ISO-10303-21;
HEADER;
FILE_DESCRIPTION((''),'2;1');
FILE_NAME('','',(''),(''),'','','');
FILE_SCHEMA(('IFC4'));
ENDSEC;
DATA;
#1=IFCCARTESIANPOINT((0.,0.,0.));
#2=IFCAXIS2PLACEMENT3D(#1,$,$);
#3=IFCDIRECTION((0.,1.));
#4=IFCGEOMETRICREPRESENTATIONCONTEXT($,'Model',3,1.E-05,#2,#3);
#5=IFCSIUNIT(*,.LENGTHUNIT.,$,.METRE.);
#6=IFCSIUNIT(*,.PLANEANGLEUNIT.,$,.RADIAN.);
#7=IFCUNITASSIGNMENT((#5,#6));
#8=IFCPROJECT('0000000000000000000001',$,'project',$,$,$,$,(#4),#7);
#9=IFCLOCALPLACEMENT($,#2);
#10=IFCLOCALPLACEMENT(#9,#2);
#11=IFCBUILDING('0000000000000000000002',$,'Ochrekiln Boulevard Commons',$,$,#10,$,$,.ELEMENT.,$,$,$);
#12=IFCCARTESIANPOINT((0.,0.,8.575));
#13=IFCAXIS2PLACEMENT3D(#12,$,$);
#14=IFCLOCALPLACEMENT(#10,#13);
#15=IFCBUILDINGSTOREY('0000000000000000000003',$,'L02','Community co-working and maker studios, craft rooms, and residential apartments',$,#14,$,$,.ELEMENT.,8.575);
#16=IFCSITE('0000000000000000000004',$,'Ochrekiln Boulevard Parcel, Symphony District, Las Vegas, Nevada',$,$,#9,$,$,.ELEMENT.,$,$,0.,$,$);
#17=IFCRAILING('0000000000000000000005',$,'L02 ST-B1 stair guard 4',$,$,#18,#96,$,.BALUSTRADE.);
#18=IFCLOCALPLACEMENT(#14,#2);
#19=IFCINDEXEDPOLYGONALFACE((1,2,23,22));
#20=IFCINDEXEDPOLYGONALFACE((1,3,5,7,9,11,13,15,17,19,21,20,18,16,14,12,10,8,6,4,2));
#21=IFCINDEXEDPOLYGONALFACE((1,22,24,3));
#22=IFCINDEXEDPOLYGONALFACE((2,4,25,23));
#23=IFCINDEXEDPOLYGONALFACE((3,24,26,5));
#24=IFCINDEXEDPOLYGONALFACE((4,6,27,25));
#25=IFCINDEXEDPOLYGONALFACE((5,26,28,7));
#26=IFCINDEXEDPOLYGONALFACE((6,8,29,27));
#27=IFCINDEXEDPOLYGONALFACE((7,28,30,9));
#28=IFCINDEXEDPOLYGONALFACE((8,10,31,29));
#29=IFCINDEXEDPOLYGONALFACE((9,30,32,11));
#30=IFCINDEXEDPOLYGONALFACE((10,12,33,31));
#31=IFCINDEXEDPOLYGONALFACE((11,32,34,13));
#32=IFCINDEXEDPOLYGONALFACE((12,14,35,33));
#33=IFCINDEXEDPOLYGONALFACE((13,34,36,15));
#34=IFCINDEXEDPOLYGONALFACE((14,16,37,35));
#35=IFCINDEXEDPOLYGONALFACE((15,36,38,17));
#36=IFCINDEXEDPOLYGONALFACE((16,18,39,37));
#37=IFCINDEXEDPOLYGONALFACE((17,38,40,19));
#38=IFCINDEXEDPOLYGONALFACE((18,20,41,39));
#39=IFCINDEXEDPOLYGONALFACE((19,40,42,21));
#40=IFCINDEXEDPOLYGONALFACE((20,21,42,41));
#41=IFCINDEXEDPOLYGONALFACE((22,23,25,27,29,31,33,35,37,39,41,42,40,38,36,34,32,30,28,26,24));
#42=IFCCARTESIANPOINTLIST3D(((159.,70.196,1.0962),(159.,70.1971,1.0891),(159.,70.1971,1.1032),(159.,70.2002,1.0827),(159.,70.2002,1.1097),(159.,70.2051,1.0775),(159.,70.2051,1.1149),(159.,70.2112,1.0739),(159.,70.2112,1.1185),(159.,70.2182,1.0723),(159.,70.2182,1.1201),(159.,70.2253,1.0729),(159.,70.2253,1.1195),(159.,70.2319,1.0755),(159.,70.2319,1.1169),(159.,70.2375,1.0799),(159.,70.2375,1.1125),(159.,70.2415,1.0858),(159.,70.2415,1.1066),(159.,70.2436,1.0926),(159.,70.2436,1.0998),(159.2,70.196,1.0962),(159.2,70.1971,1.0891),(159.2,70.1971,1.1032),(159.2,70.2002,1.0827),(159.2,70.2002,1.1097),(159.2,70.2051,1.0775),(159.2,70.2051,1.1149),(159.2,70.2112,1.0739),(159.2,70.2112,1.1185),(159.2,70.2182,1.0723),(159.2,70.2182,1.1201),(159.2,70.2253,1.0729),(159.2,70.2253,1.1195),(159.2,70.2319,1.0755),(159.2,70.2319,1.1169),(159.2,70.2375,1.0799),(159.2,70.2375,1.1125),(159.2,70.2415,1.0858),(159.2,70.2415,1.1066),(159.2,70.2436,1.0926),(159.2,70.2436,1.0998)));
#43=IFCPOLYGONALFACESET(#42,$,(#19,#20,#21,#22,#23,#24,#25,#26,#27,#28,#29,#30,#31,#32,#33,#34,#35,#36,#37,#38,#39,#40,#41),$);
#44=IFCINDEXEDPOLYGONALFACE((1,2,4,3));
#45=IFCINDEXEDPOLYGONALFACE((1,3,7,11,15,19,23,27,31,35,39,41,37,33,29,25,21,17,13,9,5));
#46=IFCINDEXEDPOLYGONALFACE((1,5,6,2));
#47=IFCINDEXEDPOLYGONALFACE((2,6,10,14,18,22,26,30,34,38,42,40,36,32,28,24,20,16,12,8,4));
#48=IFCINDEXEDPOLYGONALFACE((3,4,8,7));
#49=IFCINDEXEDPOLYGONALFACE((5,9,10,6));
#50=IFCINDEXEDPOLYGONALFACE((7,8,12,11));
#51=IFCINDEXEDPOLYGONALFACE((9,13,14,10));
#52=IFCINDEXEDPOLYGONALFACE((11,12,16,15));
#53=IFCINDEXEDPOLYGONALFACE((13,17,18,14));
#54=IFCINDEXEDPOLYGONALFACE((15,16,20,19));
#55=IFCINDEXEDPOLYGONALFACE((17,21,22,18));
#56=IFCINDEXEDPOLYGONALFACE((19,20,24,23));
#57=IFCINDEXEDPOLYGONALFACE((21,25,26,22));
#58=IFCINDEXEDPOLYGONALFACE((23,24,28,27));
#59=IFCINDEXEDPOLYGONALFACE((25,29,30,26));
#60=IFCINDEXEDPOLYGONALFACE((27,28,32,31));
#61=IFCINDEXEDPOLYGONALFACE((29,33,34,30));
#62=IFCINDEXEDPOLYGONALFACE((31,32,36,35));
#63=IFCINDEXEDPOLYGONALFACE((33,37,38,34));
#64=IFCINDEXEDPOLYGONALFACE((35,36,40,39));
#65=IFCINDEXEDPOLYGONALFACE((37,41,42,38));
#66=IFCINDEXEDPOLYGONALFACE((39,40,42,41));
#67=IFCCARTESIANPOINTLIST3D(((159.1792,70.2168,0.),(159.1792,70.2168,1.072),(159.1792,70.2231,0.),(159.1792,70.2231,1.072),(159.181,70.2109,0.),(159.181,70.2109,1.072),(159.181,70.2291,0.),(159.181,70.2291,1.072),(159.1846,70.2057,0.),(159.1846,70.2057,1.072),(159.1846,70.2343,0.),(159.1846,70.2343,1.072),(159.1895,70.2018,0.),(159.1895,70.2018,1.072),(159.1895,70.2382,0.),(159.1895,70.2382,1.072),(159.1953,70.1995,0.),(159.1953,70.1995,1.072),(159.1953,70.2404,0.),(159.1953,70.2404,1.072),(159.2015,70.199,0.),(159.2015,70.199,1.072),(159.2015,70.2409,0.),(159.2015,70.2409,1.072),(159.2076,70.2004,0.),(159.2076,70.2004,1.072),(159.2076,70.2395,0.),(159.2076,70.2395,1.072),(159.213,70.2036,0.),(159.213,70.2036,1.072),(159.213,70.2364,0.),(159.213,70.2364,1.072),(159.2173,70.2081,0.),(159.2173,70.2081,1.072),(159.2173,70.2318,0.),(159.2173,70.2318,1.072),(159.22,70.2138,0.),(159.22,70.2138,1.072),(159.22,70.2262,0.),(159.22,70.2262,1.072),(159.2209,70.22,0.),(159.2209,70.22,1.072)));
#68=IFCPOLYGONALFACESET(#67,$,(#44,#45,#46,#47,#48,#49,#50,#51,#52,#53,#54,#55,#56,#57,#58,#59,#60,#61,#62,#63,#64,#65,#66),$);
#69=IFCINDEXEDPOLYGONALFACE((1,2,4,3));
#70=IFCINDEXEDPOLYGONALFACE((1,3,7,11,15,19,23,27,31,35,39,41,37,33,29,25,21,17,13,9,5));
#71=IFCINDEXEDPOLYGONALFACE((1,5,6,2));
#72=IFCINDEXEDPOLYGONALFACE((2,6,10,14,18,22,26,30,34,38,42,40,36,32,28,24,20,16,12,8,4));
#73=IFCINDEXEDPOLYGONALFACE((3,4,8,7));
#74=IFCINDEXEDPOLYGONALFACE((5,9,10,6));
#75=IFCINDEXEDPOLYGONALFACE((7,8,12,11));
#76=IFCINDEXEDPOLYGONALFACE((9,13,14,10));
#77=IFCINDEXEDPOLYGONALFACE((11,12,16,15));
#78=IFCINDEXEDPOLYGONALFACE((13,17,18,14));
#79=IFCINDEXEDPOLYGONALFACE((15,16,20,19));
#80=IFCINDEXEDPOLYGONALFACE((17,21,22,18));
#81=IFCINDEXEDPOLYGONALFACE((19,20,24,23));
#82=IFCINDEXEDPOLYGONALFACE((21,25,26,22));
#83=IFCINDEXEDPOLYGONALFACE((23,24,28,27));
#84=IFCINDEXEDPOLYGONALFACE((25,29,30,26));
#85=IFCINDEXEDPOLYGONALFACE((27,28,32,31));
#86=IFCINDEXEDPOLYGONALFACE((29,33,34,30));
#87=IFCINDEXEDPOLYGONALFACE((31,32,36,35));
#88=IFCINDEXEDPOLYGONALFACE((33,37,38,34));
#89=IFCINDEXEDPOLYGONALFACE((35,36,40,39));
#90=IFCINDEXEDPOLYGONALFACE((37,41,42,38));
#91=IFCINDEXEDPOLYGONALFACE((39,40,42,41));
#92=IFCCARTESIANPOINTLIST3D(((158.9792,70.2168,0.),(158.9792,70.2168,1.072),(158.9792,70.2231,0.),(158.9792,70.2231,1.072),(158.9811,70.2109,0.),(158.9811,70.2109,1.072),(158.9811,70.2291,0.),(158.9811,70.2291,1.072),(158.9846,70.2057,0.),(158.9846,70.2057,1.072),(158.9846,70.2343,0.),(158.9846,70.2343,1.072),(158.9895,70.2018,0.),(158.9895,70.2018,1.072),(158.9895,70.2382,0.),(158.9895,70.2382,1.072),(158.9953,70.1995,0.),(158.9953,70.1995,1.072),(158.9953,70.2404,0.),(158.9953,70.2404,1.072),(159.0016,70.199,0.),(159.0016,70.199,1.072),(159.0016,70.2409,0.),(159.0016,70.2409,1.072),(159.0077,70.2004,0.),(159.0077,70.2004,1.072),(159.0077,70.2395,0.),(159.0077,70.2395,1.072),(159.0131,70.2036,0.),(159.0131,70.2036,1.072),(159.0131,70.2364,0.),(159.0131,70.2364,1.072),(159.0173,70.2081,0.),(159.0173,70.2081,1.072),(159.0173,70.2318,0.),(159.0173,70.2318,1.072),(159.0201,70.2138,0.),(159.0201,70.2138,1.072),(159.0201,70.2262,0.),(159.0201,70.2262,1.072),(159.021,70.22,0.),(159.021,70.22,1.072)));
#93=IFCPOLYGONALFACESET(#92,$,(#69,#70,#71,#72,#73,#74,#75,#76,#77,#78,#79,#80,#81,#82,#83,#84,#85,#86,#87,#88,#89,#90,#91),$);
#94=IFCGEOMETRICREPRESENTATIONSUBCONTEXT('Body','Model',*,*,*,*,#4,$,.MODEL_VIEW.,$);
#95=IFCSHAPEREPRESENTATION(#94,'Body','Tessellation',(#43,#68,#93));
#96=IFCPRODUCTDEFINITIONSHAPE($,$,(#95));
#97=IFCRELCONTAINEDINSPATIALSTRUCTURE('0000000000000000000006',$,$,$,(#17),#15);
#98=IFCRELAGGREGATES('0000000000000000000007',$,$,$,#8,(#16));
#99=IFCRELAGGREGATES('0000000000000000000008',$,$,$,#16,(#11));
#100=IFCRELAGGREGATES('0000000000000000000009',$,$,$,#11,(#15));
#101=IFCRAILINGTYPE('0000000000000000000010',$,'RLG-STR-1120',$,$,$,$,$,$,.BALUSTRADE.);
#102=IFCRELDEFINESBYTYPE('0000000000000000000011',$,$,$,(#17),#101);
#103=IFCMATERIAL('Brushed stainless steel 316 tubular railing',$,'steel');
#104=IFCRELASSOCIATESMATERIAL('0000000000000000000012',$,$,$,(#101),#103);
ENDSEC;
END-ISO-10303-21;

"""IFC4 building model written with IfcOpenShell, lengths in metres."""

from ifc_helpers import new_model, si_unit, direction, frame, origin, origin_2d, place, context, subcontext, project, spatial, circle, extrude, material, type_object, element, save


model = new_model("IFC4")

# Units and contexts
model_context = context("Model", 3, precision=1e-05, world=origin(), true_north=direction((0.0, 1.0)))
body_context = subcontext(model_context, "Body", "Model", "MODEL_VIEW")
ifc_project = project(units=[si_unit("LENGTHUNIT", "METRE"), si_unit("PLANEANGLEUNIT", "RADIAN")], contexts=[model_context])

# Site, building, storey
site_placement = place(None, origin())
site = spatial("IfcSite", under=ifc_project, at=site_placement, Name="Ochrekiln Boulevard Parcel, Symphony District, Las Vegas, Nevada", CompositionType="ELEMENT", RefElevation=0.0)
building_placement = place(site_placement, origin())
building = spatial("IfcBuilding", under=site, at=building_placement, Name="Ochrekiln Boulevard Commons", CompositionType="ELEMENT")
storey_placement = place(building_placement, frame((0.0, 0.0, 8.575)))
storey = spatial("IfcBuildingStorey", under=building, at=storey_placement, Name="L02", Description="Community co-working and maker studios, craft rooms, and residential apartments", CompositionType="ELEMENT", Elevation=8.575)

# Railing
ifc_material_1 = material(Name="Brushed stainless steel 316 tubular railing", Category="steel")
railing_type_1 = type_object("IfcRailingType", Name="RLG-STR-1120", PredefinedType="BALUSTRADE", material=ifc_material_1)
railing_1_placement = place(storey_placement, frame((159.2, 70.22, 0.0)))
element("IfcRailing", 1, at=railing_1_placement, inside=storey, type_object=railing_type_1, Name="L02 ST-B1 stair guard 4", PredefinedType="BALUSTRADE", context=body_context, shape_type="SweptSolid", body=[
    extrude(circle(Radius=0.0239, at=origin_2d()), frame((0.0, 0.0, 1.0962), z_axis=(-1.0, 0.0, 0.0), x_axis=(0.0, -1.0, 0.0)), (0.0, 0.0, 1.0), 0.2),
    extrude(circle(Radius=0.021, at=origin_2d()), origin(), (0.0, 0.0, 1.0), 1.072),
    extrude(circle(Radius=0.021, at=origin_2d()), frame((-0.2, 0.0, 0.0)), (0.0, 0.0, 1.0), 1.072),
])

save(model, "model.ifc")
